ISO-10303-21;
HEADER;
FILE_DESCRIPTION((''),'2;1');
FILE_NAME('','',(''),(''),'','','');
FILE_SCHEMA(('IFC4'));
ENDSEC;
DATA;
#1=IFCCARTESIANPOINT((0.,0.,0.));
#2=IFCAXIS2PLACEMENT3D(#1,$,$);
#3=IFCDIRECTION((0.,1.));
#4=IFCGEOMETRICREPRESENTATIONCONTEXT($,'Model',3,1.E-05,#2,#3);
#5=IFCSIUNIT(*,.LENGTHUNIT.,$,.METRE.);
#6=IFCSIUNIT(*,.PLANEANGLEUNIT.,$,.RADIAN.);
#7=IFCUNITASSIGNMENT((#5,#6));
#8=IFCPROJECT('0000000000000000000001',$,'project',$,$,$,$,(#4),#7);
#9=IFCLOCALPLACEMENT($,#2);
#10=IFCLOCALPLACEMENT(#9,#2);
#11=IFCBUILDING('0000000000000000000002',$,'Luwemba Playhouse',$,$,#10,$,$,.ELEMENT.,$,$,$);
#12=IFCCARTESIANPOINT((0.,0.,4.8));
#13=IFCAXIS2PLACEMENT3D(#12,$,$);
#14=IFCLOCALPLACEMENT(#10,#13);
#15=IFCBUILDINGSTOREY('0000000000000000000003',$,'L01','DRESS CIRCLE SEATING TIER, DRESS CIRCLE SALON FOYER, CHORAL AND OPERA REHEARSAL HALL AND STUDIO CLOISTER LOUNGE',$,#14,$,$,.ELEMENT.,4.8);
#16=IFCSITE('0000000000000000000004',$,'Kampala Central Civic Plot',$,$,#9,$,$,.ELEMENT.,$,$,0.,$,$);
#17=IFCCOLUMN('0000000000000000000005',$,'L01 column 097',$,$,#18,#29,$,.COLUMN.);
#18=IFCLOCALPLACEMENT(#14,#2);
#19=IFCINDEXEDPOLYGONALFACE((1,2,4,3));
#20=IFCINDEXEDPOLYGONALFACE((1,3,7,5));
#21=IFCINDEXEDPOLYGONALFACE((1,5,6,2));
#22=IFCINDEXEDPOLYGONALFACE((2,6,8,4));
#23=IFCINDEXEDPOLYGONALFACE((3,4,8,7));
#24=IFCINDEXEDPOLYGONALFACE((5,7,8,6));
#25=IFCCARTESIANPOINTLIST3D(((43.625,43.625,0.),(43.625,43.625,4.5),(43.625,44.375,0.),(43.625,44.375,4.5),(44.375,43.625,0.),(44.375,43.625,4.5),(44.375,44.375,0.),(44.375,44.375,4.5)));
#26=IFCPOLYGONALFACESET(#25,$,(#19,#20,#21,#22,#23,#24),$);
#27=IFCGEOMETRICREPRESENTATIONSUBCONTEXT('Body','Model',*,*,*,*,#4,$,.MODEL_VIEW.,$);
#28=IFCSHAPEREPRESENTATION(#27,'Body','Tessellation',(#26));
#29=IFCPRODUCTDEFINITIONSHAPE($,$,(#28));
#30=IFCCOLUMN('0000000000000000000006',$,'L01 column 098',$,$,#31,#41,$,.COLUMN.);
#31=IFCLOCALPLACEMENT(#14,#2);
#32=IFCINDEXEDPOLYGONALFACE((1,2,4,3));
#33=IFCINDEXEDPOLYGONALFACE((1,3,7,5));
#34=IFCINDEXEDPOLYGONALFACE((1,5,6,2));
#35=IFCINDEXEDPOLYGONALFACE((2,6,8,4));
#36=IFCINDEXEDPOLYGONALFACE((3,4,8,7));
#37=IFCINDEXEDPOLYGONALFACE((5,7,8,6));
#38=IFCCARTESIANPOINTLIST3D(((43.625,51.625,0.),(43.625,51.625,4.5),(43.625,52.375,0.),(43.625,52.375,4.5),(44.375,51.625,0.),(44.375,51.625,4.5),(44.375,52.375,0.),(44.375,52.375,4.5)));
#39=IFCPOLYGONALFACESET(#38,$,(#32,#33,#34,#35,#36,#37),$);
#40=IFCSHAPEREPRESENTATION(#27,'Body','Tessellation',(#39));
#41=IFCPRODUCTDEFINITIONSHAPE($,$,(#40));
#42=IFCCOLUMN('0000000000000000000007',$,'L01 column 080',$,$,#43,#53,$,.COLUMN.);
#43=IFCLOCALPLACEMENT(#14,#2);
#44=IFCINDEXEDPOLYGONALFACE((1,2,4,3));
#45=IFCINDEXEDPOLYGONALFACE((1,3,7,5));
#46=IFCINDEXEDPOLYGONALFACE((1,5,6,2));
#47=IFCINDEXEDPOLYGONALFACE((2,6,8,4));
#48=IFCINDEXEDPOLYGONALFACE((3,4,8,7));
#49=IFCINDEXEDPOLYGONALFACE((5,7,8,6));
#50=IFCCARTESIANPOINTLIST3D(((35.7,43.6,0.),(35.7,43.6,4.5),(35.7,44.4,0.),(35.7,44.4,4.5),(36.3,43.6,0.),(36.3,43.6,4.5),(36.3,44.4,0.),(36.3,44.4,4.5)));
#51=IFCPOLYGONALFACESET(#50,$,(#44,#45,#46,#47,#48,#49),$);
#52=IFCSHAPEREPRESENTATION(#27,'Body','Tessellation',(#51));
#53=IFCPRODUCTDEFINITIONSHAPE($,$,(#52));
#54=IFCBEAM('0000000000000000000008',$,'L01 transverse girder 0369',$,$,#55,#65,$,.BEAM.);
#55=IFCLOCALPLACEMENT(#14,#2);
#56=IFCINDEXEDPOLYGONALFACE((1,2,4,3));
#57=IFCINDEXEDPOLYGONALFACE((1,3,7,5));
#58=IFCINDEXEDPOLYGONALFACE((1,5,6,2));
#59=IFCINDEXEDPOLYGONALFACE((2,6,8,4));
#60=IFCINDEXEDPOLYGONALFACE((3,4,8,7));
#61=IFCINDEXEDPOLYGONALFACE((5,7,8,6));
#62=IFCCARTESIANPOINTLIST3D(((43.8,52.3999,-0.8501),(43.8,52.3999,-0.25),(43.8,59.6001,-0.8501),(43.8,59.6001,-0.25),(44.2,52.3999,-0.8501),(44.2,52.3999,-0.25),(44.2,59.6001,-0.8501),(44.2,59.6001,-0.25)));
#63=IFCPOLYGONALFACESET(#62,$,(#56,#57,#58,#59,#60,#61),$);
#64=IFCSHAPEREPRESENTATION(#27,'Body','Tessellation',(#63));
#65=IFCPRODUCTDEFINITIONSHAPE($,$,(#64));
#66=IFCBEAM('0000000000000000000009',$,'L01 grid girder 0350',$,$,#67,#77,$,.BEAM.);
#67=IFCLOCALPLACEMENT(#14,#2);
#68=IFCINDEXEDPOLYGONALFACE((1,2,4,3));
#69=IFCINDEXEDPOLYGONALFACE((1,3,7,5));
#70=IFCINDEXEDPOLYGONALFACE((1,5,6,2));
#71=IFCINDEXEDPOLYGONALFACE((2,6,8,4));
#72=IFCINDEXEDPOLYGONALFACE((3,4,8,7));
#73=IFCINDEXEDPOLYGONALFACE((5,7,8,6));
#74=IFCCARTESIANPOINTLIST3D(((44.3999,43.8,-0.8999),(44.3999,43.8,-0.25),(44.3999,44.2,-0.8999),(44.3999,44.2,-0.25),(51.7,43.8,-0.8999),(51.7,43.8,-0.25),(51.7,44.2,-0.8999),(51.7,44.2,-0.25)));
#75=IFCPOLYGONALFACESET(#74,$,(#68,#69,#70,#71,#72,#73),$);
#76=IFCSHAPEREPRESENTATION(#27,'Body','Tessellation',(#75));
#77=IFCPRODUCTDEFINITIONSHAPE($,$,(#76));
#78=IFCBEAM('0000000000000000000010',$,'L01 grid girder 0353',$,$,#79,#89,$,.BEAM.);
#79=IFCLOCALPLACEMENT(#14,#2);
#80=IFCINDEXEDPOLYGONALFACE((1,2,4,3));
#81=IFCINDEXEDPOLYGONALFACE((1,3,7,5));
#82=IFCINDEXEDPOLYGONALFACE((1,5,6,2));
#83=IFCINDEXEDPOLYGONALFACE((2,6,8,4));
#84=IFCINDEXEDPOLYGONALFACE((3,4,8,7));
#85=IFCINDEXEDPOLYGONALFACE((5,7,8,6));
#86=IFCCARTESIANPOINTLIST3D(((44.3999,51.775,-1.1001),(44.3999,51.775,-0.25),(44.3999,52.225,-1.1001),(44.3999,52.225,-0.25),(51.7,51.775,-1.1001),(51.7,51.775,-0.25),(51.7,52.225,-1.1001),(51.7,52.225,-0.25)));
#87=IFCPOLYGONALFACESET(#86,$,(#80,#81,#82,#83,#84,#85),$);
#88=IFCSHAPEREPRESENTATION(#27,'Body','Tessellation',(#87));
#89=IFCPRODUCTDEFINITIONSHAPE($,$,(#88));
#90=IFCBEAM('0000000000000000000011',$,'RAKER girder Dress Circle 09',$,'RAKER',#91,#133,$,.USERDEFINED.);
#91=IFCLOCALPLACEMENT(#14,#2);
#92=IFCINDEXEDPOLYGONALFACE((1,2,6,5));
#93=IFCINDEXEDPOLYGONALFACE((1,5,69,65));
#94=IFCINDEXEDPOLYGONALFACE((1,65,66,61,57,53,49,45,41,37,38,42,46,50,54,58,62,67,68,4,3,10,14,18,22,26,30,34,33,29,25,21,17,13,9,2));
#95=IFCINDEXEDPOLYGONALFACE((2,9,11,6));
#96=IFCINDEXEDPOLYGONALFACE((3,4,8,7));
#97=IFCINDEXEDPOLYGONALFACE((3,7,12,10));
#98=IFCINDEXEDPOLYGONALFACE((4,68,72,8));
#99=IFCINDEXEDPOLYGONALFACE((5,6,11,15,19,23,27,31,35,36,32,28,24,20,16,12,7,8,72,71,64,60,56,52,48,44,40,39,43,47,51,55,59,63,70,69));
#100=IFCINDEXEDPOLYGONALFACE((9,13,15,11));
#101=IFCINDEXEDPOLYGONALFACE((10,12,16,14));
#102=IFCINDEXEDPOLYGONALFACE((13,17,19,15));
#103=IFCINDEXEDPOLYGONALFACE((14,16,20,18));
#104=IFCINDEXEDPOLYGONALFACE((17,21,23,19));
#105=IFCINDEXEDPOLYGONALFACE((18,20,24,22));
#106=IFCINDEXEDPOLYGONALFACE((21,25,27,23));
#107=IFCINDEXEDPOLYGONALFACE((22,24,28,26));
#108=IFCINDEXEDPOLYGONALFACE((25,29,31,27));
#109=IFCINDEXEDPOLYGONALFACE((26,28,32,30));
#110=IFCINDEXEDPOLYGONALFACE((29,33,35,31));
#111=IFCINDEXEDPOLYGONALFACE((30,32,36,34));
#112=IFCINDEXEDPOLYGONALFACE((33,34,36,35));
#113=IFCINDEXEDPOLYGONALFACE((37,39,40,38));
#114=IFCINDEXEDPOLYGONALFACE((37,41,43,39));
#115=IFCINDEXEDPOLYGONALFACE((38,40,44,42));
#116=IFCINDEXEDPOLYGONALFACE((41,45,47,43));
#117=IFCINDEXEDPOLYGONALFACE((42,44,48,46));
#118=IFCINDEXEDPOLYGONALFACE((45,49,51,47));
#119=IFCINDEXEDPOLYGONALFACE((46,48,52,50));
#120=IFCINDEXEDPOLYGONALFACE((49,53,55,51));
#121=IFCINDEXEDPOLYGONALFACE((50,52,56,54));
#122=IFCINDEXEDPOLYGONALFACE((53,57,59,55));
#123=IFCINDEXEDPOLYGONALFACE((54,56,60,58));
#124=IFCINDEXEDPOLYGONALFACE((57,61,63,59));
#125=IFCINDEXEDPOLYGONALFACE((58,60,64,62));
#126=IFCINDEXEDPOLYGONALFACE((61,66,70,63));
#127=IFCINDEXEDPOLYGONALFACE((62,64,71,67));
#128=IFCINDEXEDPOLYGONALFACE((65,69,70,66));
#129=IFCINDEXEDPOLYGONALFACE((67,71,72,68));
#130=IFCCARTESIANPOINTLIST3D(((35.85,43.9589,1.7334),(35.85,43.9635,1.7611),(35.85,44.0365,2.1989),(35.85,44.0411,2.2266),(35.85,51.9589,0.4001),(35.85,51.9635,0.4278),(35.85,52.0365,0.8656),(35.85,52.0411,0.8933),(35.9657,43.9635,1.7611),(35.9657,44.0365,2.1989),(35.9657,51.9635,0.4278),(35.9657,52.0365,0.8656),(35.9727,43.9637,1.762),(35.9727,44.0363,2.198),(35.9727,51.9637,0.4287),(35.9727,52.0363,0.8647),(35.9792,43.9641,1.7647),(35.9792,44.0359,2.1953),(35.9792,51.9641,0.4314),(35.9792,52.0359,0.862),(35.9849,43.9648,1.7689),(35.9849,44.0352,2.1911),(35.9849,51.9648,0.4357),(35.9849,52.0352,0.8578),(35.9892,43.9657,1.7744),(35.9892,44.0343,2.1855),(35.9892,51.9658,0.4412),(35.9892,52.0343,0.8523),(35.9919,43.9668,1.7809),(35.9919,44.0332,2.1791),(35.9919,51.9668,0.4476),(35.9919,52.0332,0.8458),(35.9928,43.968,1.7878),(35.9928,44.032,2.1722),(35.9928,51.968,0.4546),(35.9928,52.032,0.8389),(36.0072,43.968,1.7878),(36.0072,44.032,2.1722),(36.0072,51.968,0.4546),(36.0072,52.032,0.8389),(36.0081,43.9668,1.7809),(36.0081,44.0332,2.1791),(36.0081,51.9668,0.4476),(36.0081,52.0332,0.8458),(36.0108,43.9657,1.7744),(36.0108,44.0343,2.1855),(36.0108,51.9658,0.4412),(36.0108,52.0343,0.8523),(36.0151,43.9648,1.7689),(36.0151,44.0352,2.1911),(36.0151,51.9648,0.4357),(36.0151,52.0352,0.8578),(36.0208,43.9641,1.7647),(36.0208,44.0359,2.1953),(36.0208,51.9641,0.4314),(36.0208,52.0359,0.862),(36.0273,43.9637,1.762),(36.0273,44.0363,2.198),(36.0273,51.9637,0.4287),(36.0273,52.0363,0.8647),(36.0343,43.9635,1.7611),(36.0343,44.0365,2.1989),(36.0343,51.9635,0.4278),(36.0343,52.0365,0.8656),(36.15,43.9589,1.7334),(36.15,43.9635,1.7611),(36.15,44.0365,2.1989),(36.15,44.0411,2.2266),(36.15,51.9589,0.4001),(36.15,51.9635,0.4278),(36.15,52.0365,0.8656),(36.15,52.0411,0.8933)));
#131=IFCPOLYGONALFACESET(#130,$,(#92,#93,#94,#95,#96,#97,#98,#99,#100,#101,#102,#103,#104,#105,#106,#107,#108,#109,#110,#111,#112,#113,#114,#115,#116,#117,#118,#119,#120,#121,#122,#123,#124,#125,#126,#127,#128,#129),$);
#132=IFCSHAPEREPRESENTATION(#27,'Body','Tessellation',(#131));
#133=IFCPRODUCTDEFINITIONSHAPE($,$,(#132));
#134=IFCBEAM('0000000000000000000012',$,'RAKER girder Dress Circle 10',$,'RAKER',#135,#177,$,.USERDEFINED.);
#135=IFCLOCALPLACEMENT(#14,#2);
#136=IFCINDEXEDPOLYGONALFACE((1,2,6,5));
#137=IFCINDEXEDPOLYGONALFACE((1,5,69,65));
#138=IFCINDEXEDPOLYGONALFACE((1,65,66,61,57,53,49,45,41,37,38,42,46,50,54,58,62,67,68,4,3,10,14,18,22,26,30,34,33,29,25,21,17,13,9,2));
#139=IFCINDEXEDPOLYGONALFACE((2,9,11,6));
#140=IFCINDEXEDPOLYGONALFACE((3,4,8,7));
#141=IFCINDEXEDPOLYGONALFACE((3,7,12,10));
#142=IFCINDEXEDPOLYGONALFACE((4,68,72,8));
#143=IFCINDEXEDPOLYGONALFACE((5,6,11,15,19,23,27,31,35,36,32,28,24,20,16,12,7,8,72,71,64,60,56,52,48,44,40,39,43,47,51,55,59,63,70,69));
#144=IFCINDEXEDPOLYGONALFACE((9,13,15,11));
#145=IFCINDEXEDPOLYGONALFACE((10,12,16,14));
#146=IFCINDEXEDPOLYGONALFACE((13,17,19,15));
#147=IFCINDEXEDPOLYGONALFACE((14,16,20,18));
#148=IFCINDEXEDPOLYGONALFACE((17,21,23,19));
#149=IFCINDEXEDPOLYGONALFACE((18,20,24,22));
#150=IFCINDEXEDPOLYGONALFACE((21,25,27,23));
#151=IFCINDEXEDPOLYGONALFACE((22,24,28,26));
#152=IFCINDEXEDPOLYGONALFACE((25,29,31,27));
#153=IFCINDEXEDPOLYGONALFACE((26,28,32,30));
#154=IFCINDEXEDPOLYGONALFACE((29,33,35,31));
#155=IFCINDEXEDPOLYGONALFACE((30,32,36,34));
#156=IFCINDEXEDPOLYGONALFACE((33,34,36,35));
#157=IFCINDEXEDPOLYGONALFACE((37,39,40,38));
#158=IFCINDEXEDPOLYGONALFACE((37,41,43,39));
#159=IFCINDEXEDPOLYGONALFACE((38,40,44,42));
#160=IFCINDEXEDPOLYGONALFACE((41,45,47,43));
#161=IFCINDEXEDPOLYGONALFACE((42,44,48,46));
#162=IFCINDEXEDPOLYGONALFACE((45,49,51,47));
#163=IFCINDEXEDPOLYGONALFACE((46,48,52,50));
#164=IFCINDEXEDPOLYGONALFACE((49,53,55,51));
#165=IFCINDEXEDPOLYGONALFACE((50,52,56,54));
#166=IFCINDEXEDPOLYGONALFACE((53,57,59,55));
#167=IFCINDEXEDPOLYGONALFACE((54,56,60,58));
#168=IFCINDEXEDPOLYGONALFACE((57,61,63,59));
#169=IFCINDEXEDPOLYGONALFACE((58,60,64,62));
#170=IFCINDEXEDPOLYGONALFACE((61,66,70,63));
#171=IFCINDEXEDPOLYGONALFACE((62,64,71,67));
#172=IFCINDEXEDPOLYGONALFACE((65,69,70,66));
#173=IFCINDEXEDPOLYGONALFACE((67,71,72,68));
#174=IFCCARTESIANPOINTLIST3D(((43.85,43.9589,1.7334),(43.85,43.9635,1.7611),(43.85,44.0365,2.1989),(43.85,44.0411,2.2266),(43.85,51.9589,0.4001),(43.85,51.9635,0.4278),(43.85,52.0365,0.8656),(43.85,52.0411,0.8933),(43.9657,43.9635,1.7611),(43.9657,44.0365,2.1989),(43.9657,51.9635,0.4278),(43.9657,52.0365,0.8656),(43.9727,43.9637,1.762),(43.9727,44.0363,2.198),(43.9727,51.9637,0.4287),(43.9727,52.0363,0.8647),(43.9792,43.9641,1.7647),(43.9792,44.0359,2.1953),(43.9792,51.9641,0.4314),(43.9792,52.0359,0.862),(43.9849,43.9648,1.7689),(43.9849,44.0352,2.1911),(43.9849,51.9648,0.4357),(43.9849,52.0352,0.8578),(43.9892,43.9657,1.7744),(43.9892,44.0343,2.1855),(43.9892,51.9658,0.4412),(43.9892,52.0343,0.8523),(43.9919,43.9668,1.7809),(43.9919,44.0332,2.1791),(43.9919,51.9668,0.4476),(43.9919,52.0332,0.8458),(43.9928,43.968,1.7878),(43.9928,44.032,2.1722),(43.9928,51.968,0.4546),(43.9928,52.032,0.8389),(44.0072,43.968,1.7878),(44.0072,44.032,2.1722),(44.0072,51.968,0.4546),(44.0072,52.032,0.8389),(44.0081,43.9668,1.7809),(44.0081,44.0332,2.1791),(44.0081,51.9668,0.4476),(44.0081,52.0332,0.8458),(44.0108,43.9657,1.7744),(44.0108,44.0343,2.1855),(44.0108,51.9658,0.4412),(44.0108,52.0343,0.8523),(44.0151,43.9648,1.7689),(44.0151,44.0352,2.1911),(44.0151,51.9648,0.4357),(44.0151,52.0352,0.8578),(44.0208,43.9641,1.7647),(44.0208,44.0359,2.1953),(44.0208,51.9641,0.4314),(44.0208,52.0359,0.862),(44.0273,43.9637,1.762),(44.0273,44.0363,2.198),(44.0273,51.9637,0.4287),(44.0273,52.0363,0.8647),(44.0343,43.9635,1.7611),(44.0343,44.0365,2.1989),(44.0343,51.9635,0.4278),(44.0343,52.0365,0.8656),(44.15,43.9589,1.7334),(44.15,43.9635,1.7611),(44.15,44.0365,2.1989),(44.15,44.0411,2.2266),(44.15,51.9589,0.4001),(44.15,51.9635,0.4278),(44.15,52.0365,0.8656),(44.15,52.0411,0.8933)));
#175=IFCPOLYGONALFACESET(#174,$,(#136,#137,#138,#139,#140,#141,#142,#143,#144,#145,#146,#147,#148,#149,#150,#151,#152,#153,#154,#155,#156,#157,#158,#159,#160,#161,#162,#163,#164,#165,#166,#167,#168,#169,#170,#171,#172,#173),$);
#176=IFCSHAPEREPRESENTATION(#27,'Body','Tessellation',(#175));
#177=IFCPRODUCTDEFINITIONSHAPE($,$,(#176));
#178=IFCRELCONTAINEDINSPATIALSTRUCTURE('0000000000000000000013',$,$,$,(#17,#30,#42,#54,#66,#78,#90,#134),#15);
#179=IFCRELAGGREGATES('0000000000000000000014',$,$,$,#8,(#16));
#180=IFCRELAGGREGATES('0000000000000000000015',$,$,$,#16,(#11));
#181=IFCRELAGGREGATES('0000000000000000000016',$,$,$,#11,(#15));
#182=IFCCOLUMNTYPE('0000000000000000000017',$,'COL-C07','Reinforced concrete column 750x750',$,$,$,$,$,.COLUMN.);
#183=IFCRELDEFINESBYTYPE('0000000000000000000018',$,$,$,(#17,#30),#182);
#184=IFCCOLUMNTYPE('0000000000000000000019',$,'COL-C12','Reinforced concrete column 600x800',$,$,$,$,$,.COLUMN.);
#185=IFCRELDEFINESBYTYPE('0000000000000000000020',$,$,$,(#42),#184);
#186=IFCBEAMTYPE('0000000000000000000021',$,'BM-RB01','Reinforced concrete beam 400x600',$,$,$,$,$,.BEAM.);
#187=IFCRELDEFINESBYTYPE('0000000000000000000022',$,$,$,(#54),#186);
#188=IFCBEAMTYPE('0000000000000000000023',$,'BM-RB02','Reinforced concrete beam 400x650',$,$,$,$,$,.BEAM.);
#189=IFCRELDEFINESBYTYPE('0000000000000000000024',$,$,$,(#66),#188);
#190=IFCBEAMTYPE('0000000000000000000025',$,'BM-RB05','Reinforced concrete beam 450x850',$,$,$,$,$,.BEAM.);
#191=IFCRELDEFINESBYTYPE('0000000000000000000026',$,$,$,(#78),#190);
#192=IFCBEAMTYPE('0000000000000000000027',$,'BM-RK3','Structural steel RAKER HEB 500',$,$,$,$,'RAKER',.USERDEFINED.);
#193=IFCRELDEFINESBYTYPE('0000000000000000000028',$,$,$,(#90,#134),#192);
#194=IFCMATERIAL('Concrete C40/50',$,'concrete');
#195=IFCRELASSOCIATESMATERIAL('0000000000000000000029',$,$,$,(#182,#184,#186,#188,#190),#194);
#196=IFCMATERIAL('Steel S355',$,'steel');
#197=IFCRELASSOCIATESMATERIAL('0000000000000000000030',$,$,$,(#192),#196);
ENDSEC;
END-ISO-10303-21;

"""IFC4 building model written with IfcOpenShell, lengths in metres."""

from ifc_helpers import new_model, si_unit, direction, frame, origin, origin_2d, place, context, subcontext, project, spatial, rectangle, i_section, extrude, material, material_profile, profile_set, type_object, element, save


model = new_model("IFC4")

# Units and contexts
model_context = context("Model", 3, precision=1e-05, world=origin(), true_north=direction((0.0, 1.0)))
body_context = subcontext(model_context, "Body", "Model", "MODEL_VIEW")
ifc_project = project(units=[si_unit("LENGTHUNIT", "METRE"), si_unit("PLANEANGLEUNIT", "RADIAN")], contexts=[model_context])

# Site, building, storey
site_placement = place(None, origin())
site = spatial("IfcSite", under=ifc_project, at=site_placement, Name="Kampala Central Civic Plot", CompositionType="ELEMENT", RefElevation=0.0)
building_placement = place(site_placement, origin())
building = spatial("IfcBuilding", under=site, at=building_placement, Name="Luwemba Playhouse", CompositionType="ELEMENT")
storey_placement = place(building_placement, frame((0.0, 0.0, 4.8)))
storey = spatial("IfcBuildingStorey", under=building, at=storey_placement, Name="L01", Description="DRESS CIRCLE SEATING TIER, DRESS CIRCLE SALON FOYER, CHORAL AND OPERA REHEARSAL HALL AND STUDIO CLOISTER LOUNGE", CompositionType="ELEMENT", Elevation=4.8)

# Columns
ifc_material_1 = material(Name="Concrete C40/50", Category="concrete")
ifc_material_profile_1 = material_profile(ifc_material_1, rectangle(XDim=0.75, YDim=0.75, at=origin_2d()))
ifc_profile_set_1 = profile_set([ifc_material_profile_1], Name="Concrete C40/50")
column_type_1 = type_object("IfcColumnType", Name="COL-C07", Description="Reinforced concrete column 750x750", PredefinedType="COLUMN", material=ifc_profile_set_1)
for number, where, z_axis, x_axis, name in (
    (1, (44.0, 44.0, 0.0), (0.0, 0.0, 1.0), (1.0, 0.0, 0.0), "L01 column 097"),
    (2, (44.0, 52.0, 0.0), (0.0, 0.0, 1.0), (1.0, 0.0, 0.0), "L01 column 098"),
):
    element("IfcColumn", number, at=place(storey_placement, frame(where, z_axis=z_axis, x_axis=x_axis)), inside=storey, type_object=column_type_1, Name=name, PredefinedType="COLUMN", context=body_context, shape_type="SweptSolid", body=[
        extrude(rectangle(XDim=0.75, YDim=0.75, at=origin_2d()), origin(), (0.0, 0.0, 1.0), 4.5),
    ])
ifc_material_profile_2 = material_profile(ifc_material_1, rectangle(XDim=0.6001, YDim=0.8, at=origin_2d()))
ifc_profile_set_2 = profile_set([ifc_material_profile_2], Name="Concrete C40/50")
column_type_2 = type_object("IfcColumnType", Name="COL-C12", Description="Reinforced concrete column 600x800", PredefinedType="COLUMN", material=ifc_profile_set_2)
column_placement = place(storey_placement, frame((36.0, 44.0, 0.0), z_axis=(0.0, 0.0, 1.0), x_axis=(1.0, 0.0, 0.0)))
element("IfcColumn", 3, at=column_placement, inside=storey, type_object=column_type_2, Name="L01 column 080", PredefinedType="COLUMN", context=body_context, shape_type="SweptSolid", body=[
    extrude(rectangle(XDim=0.6001, YDim=0.8, at=origin_2d()), origin(), (0.0, 0.0, 1.0), 4.5),
])

# Beams
ifc_material_profile_3 = material_profile(ifc_material_1, rectangle(XDim=0.3999, YDim=0.6001, at=origin_2d()))
ifc_profile_set_3 = profile_set([ifc_material_profile_3], Name="Concrete C40/50")
beam_type_1 = type_object("IfcBeamType", Name="BM-RB01", Description="Reinforced concrete beam 400x600", PredefinedType="BEAM", material=ifc_profile_set_3)
beam_1_placement = place(storey_placement, frame((44.0, 52.3999, -0.55), z_axis=(0.0, 1.0, 0.0), x_axis=(-1.0, 0.0, 0.0)))
element("IfcBeam", 4, at=beam_1_placement, inside=storey, type_object=beam_type_1, Name="L01 transverse girder 0369", PredefinedType="BEAM", context=body_context, shape_type="SweptSolid", body=[
    extrude(rectangle(XDim=0.3999, YDim=0.6001, at=origin_2d()), origin(), (0.0, 0.0, 1.0), 7.2002),
])
ifc_material_profile_4 = material_profile(ifc_material_1, rectangle(XDim=0.3999, YDim=0.6499, at=origin_2d()))
ifc_profile_set_4 = profile_set([ifc_material_profile_4], Name="Concrete C40/50")
beam_type_2 = type_object("IfcBeamType", Name="BM-RB02", Description="Reinforced concrete beam 400x650", PredefinedType="BEAM", material=ifc_profile_set_4)
beam_2_placement = place(storey_placement, frame((44.3999, 44.0, -0.575), z_axis=(1.0, 0.0, 0.0), x_axis=(0.0, 1.0, 0.0)))
element("IfcBeam", 5, at=beam_2_placement, inside=storey, type_object=beam_type_2, Name="L01 grid girder 0350", PredefinedType="BEAM", context=body_context, shape_type="SweptSolid", body=[
    extrude(rectangle(XDim=0.3999, YDim=0.6499, at=origin_2d()), origin(), (0.0, 0.0, 1.0), 7.3),
])
ifc_material_profile_5 = material_profile(ifc_material_1, rectangle(XDim=0.45, YDim=0.8501, at=origin_2d()))
ifc_profile_set_5 = profile_set([ifc_material_profile_5], Name="Concrete C40/50")
beam_type_3 = type_object("IfcBeamType", Name="BM-RB05", Description="Reinforced concrete beam 450x850", PredefinedType="BEAM", material=ifc_profile_set_5)
beam_3_placement = place(storey_placement, frame((44.3999, 52.0, -0.675), z_axis=(1.0, 0.0, 0.0), x_axis=(0.0, 1.0, 0.0)))
element("IfcBeam", 6, at=beam_3_placement, inside=storey, type_object=beam_type_3, Name="L01 grid girder 0353", PredefinedType="BEAM", context=body_context, shape_type="SweptSolid", body=[
    extrude(rectangle(XDim=0.45, YDim=0.8501, at=origin_2d()), origin(), (0.0, 0.0, 1.0), 7.3),
])
ifc_material_2 = material(Name="Steel S355", Category="steel")
ifc_material_profile_6 = material_profile(ifc_material_2, i_section(OverallWidth=0.3, OverallDepth=0.5, WebThickness=0.0144, FlangeThickness=0.0281, FilletRadius=0.0271, at=origin_2d()))
ifc_profile_set_6 = profile_set([ifc_material_profile_6], Name="Steel S355")
beam_type_4 = type_object("IfcBeamType", Name="BM-RK3", Description="Structural steel RAKER HEB 500", ElementType="RAKER", PredefinedType="USERDEFINED", material=ifc_profile_set_6)
for number, where, z_axis, x_axis, name in (
    (7, (36.0, 44.0, 1.98), (0.0, 0.986396, -0.164389), (-1.0, 0.0, 0.0), "RAKER girder Dress Circle 09"),
    (8, (44.0, 44.0, 1.98), (0.0, 0.986396, -0.164389), (-1.0, 0.0, 0.0), "RAKER girder Dress Circle 10"),
):
    element("IfcBeam", number, at=place(storey_placement, frame(where, z_axis=z_axis, x_axis=x_axis)), inside=storey, type_object=beam_type_4, Name=name, ObjectType="RAKER", PredefinedType="USERDEFINED", context=body_context, shape_type="SweptSolid", body=[
        extrude(i_section(OverallWidth=0.3, OverallDepth=0.5, WebThickness=0.0144, FlangeThickness=0.0281, FilletRadius=0.0271, at=origin_2d()), origin(), (0.0, 0.0, 1.0), 8.1104),
    ])

save(model, "model.ifc")
